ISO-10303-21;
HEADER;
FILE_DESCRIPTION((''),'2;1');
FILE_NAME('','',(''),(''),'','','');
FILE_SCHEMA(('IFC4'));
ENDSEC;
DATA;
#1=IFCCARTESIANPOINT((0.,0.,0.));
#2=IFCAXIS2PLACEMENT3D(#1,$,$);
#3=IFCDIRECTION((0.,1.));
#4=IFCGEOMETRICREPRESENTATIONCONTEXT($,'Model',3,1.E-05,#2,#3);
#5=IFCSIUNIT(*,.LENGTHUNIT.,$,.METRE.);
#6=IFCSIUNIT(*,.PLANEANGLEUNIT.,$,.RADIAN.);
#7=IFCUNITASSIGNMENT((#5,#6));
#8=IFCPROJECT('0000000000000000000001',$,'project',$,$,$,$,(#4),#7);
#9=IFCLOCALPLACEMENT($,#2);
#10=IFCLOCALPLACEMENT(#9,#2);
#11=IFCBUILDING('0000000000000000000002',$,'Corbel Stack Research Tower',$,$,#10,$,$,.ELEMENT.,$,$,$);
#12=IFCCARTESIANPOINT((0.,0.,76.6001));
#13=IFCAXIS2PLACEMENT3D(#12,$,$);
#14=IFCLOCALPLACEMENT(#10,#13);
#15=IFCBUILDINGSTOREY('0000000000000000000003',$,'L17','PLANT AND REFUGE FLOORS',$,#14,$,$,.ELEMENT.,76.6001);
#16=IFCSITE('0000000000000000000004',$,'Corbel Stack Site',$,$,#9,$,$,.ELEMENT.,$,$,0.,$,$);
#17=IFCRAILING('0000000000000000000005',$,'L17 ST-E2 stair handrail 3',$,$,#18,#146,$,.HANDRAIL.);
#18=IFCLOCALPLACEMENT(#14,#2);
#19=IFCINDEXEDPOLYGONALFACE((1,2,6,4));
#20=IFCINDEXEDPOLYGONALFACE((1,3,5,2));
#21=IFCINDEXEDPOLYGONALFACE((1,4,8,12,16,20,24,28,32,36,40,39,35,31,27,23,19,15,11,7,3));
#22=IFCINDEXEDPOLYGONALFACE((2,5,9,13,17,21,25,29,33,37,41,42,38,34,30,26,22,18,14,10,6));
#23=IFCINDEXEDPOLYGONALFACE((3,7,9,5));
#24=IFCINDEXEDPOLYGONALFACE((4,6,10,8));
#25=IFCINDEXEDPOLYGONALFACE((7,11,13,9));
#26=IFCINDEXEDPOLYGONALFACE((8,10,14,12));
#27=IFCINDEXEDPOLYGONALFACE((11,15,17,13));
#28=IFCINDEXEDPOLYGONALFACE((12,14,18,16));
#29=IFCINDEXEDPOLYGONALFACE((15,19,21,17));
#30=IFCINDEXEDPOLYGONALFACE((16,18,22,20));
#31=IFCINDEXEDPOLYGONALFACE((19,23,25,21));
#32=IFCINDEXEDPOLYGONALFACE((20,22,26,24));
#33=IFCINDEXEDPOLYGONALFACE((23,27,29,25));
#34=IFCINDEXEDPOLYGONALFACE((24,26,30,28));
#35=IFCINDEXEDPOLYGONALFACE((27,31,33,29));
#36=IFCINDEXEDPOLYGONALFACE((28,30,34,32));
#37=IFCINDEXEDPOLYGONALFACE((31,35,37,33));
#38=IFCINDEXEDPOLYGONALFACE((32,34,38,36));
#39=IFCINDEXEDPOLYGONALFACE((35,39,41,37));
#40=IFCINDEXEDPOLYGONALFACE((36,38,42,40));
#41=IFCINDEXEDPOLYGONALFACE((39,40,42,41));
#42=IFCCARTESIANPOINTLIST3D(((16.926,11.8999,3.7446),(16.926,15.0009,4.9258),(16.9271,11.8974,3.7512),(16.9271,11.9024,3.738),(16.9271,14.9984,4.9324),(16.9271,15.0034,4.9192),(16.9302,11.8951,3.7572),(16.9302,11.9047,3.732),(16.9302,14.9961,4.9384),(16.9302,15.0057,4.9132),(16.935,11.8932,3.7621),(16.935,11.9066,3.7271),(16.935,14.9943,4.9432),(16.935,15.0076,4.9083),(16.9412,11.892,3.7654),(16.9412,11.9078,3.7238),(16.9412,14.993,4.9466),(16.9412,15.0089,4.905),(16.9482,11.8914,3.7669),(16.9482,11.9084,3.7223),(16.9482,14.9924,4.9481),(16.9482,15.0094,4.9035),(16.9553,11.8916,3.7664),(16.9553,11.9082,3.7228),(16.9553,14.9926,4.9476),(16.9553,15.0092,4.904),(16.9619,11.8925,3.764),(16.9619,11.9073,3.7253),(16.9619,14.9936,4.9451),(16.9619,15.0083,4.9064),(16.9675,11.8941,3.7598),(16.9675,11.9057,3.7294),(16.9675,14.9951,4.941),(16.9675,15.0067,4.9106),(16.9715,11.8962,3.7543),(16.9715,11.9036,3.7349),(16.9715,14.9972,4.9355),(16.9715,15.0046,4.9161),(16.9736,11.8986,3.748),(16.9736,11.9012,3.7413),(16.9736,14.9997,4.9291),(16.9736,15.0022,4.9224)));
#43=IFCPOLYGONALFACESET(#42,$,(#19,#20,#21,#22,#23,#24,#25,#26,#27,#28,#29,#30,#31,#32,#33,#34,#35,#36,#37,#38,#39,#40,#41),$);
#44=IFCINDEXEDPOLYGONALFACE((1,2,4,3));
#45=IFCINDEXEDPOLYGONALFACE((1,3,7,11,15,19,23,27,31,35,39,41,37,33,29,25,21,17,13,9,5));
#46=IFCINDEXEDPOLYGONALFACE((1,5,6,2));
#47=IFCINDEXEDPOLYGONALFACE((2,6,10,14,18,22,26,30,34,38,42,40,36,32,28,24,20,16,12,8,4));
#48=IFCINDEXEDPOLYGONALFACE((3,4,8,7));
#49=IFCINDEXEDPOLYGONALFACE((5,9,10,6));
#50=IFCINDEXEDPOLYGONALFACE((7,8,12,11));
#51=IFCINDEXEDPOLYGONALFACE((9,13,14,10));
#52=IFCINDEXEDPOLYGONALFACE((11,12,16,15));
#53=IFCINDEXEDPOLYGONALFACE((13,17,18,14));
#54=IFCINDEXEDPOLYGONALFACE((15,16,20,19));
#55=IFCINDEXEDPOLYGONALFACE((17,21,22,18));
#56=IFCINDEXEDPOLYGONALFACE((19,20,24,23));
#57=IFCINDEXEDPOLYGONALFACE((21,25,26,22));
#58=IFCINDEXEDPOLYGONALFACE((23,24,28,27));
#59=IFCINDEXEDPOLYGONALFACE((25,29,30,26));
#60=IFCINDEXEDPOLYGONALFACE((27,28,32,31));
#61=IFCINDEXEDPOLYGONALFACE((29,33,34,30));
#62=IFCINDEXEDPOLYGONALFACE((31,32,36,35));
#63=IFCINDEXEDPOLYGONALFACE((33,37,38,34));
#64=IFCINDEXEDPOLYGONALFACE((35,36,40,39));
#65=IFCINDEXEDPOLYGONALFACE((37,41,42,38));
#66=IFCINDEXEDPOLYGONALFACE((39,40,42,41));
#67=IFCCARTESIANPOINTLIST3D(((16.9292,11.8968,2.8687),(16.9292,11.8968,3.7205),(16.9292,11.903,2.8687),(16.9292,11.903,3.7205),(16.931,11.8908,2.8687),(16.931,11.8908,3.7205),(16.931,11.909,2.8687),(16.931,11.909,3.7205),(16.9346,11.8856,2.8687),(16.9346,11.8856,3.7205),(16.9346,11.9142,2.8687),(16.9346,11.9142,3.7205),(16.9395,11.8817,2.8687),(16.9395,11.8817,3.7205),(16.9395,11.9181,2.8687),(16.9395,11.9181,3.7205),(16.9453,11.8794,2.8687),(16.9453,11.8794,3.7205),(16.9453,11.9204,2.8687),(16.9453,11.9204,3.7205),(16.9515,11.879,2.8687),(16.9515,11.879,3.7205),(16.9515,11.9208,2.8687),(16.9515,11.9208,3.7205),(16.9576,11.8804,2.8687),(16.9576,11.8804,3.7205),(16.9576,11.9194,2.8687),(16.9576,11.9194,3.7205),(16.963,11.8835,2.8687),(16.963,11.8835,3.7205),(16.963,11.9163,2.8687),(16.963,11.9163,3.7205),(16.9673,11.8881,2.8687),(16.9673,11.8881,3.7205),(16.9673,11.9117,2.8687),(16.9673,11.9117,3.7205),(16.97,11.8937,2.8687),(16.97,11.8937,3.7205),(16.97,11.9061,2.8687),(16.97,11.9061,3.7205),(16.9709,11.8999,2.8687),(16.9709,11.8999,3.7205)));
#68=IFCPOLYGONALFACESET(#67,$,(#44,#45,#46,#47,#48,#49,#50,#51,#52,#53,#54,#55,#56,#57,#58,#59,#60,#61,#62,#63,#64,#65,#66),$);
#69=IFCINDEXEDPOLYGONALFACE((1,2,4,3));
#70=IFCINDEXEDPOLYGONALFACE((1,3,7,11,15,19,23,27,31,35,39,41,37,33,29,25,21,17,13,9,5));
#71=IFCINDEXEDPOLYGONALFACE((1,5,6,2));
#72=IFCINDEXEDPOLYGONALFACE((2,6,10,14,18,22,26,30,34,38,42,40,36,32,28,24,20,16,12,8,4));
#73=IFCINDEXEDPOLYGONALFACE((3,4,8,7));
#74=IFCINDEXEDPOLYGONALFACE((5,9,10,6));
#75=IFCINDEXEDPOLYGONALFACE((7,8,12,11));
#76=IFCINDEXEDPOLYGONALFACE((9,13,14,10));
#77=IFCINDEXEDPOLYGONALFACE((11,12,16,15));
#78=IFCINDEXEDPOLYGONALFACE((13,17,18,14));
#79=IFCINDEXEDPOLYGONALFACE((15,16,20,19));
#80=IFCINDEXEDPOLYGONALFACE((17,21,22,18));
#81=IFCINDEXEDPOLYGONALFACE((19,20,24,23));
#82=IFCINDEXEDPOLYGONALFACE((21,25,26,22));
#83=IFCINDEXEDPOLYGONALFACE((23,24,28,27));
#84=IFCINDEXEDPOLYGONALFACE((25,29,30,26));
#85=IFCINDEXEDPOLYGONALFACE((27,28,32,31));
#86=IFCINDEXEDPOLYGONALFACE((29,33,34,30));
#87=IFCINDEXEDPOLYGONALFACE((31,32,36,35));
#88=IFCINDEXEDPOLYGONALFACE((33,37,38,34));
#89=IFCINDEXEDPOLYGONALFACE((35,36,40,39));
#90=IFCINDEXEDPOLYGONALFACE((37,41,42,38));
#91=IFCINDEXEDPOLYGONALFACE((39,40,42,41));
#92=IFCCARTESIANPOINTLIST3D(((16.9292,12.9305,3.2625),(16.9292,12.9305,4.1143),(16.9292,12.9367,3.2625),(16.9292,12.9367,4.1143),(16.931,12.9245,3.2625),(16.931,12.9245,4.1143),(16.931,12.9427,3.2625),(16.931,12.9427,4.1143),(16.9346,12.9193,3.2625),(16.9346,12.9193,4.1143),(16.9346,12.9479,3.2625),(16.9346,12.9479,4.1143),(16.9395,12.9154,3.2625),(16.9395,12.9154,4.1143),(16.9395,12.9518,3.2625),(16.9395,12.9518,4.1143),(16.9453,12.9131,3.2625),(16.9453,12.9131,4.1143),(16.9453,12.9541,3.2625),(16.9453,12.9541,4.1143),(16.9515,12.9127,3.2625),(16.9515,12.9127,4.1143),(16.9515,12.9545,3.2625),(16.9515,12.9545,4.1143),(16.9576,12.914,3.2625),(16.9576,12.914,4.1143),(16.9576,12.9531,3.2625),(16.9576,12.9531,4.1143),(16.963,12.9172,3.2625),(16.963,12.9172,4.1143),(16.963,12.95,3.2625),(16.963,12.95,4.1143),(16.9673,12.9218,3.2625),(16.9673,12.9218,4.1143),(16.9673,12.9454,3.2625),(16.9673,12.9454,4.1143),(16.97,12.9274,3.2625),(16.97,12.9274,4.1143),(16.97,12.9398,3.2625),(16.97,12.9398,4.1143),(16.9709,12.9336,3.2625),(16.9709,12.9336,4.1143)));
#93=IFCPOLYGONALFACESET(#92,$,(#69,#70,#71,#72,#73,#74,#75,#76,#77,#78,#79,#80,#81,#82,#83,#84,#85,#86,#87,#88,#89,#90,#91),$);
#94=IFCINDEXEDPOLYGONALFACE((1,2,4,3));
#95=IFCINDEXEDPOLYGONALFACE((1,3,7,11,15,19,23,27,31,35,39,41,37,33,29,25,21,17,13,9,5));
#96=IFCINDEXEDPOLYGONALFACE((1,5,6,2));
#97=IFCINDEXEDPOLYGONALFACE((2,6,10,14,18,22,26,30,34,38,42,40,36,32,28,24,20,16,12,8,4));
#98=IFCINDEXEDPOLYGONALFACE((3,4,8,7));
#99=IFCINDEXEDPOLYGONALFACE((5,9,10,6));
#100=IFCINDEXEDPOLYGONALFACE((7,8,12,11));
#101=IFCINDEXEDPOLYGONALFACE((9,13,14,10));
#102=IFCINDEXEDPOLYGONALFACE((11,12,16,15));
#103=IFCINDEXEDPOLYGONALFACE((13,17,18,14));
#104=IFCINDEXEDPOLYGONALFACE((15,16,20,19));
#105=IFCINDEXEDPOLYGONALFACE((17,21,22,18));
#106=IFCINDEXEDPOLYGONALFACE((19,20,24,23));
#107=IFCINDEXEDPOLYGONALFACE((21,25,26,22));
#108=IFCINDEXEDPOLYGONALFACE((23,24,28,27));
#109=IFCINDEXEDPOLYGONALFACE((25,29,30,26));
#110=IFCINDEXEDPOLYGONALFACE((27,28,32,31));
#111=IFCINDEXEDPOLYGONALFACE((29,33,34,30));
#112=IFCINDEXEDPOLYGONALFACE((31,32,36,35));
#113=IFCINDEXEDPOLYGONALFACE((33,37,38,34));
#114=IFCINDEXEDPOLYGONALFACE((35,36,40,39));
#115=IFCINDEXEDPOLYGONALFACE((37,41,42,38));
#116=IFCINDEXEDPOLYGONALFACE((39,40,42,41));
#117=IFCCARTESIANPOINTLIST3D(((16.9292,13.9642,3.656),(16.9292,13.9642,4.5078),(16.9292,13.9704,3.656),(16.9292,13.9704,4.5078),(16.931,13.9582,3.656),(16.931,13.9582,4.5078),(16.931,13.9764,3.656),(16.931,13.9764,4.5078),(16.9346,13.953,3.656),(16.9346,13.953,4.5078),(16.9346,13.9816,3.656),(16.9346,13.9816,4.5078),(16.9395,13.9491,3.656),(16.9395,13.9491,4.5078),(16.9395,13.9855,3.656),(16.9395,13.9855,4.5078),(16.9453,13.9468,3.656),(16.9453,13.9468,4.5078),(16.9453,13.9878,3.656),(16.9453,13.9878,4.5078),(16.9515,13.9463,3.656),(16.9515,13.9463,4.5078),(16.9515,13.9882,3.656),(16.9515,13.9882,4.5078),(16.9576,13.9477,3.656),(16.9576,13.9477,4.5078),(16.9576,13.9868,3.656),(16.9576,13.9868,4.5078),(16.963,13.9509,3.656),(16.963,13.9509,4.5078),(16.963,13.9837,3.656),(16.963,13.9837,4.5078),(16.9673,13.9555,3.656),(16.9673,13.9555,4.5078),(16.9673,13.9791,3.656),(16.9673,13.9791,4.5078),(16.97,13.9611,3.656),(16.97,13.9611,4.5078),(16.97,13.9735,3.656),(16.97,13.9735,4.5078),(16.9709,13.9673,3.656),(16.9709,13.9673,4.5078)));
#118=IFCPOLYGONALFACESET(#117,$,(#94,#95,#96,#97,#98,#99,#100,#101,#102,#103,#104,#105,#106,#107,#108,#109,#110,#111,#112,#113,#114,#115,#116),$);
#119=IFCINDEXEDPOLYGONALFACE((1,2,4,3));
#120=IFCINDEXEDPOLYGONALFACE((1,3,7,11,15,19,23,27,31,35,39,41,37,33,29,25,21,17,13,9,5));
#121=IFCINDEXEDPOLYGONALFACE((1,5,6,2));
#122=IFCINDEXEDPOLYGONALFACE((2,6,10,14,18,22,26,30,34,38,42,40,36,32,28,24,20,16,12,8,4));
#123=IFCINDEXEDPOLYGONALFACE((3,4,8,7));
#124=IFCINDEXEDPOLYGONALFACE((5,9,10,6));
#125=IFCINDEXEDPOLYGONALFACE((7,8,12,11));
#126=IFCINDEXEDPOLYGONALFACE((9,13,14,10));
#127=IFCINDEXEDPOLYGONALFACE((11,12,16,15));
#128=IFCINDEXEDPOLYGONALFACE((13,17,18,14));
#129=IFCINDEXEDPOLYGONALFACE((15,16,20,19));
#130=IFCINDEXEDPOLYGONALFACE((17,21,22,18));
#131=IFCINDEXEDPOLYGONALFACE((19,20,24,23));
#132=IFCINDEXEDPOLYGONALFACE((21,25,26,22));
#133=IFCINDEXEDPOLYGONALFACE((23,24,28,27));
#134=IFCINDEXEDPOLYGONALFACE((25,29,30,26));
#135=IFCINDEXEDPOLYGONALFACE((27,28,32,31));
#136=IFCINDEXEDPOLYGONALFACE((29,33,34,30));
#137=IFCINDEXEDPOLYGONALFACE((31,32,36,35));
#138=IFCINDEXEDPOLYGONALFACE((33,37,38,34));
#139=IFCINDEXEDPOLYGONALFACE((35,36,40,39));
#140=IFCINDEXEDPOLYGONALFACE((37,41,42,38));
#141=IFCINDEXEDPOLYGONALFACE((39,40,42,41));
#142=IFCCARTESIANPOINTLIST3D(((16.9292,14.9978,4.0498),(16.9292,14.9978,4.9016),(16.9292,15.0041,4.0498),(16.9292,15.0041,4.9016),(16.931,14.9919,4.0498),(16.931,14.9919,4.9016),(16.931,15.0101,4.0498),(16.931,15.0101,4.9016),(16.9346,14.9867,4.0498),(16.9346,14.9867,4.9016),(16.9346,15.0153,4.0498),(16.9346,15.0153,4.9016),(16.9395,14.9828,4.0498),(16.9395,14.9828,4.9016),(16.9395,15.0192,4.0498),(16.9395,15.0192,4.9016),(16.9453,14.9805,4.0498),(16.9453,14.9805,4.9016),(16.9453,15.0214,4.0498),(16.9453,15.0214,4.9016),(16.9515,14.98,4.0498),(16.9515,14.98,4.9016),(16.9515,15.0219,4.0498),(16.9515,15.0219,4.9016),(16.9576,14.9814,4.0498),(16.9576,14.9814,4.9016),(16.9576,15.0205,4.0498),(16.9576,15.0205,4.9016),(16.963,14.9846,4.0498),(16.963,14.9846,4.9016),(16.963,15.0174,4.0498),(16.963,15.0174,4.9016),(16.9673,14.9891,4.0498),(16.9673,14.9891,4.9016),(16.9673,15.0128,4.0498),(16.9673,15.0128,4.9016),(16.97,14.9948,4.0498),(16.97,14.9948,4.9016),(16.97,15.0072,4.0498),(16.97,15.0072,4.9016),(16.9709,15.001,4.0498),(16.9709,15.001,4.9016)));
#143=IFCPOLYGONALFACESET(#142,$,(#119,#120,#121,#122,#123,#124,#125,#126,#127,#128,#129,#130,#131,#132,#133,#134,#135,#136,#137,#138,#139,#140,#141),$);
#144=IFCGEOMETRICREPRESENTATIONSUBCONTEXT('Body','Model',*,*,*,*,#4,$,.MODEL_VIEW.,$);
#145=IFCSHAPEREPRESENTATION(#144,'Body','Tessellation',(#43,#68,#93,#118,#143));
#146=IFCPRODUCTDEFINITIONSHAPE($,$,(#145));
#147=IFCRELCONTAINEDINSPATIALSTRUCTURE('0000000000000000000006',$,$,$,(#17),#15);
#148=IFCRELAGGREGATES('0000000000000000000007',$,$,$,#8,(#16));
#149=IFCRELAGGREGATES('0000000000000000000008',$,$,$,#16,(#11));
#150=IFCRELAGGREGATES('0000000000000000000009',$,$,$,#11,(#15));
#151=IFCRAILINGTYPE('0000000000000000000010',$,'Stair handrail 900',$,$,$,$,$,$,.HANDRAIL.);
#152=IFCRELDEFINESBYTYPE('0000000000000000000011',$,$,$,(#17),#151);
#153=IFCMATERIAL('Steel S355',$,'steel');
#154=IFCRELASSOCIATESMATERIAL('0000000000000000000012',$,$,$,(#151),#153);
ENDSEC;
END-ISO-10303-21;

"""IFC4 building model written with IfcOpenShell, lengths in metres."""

from ifc_helpers import new_model, si_unit, direction, frame, origin, origin_2d, place, context, subcontext, project, spatial, circle, extrude, material, type_object, element, save


model = new_model("IFC4")

# Units and contexts
model_context = context("Model", 3, precision=1e-05, world=origin(), true_north=direction((0.0, 1.0)))
body_context = subcontext(model_context, "Body", "Model", "MODEL_VIEW")
ifc_project = project(units=[si_unit("LENGTHUNIT", "METRE"), si_unit("PLANEANGLEUNIT", "RADIAN")], contexts=[model_context])

# Site, building, storey
site_placement = place(None, origin())
site = spatial("IfcSite", under=ifc_project, at=site_placement, Name="Corbel Stack Site", CompositionType="ELEMENT", RefElevation=0.0)
building_placement = place(site_placement, origin())
building = spatial("IfcBuilding", under=site, at=building_placement, Name="Corbel Stack Research Tower", CompositionType="ELEMENT")
storey_placement = place(building_placement, frame((0.0, 0.0, 76.6001)))
storey = spatial("IfcBuildingStorey", under=building, at=storey_placement, Name="L17", Description="PLANT AND REFUGE FLOORS", CompositionType="ELEMENT", Elevation=76.6001)

# Railing
ifc_material_1 = material(Name="Steel S355", Category="steel")
railing_type_1 = type_object("IfcRailingType", Name="Stair handrail 900", PredefinedType="HANDRAIL", material=ifc_material_1)
for number, where, name in (
    (1, (16.95, 11.8999, 2.8687), "L17 ST-E2 stair handrail 3"),
):
    element("IfcRailing", number, at=place(storey_placement, frame(where)), inside=storey, type_object=railing_type_1, Name=name, PredefinedType="HANDRAIL", context=body_context, shape_type="SweptSolid", body=[
        extrude(circle(Radius=0.0239, at=origin_2d()), frame((0.0, 0.0, 0.876), z_axis=(0.0, 0.934509, 0.35594), x_axis=(-1.0, 0.0, 0.0)), (0.0, 0.0, 1.0), 3.3184),
        extrude(circle(Radius=0.021, at=origin_2d()), origin(), (0.0, 0.0, 1.0), 0.8518),
        extrude(circle(Radius=0.021, at=origin_2d()), frame((0.0, 1.0337, 0.3938)), (0.0, 0.0, 1.0), 0.8518),
        extrude(circle(Radius=0.021, at=origin_2d()), frame((0.0, 2.0674, 0.7874)), (0.0, 0.0, 1.0), 0.8518),
        extrude(circle(Radius=0.021, at=origin_2d()), frame((0.0, 3.1011, 1.1812)), (0.0, 0.0, 1.0), 0.8518),
    ])

save(model, "model.ifc")
